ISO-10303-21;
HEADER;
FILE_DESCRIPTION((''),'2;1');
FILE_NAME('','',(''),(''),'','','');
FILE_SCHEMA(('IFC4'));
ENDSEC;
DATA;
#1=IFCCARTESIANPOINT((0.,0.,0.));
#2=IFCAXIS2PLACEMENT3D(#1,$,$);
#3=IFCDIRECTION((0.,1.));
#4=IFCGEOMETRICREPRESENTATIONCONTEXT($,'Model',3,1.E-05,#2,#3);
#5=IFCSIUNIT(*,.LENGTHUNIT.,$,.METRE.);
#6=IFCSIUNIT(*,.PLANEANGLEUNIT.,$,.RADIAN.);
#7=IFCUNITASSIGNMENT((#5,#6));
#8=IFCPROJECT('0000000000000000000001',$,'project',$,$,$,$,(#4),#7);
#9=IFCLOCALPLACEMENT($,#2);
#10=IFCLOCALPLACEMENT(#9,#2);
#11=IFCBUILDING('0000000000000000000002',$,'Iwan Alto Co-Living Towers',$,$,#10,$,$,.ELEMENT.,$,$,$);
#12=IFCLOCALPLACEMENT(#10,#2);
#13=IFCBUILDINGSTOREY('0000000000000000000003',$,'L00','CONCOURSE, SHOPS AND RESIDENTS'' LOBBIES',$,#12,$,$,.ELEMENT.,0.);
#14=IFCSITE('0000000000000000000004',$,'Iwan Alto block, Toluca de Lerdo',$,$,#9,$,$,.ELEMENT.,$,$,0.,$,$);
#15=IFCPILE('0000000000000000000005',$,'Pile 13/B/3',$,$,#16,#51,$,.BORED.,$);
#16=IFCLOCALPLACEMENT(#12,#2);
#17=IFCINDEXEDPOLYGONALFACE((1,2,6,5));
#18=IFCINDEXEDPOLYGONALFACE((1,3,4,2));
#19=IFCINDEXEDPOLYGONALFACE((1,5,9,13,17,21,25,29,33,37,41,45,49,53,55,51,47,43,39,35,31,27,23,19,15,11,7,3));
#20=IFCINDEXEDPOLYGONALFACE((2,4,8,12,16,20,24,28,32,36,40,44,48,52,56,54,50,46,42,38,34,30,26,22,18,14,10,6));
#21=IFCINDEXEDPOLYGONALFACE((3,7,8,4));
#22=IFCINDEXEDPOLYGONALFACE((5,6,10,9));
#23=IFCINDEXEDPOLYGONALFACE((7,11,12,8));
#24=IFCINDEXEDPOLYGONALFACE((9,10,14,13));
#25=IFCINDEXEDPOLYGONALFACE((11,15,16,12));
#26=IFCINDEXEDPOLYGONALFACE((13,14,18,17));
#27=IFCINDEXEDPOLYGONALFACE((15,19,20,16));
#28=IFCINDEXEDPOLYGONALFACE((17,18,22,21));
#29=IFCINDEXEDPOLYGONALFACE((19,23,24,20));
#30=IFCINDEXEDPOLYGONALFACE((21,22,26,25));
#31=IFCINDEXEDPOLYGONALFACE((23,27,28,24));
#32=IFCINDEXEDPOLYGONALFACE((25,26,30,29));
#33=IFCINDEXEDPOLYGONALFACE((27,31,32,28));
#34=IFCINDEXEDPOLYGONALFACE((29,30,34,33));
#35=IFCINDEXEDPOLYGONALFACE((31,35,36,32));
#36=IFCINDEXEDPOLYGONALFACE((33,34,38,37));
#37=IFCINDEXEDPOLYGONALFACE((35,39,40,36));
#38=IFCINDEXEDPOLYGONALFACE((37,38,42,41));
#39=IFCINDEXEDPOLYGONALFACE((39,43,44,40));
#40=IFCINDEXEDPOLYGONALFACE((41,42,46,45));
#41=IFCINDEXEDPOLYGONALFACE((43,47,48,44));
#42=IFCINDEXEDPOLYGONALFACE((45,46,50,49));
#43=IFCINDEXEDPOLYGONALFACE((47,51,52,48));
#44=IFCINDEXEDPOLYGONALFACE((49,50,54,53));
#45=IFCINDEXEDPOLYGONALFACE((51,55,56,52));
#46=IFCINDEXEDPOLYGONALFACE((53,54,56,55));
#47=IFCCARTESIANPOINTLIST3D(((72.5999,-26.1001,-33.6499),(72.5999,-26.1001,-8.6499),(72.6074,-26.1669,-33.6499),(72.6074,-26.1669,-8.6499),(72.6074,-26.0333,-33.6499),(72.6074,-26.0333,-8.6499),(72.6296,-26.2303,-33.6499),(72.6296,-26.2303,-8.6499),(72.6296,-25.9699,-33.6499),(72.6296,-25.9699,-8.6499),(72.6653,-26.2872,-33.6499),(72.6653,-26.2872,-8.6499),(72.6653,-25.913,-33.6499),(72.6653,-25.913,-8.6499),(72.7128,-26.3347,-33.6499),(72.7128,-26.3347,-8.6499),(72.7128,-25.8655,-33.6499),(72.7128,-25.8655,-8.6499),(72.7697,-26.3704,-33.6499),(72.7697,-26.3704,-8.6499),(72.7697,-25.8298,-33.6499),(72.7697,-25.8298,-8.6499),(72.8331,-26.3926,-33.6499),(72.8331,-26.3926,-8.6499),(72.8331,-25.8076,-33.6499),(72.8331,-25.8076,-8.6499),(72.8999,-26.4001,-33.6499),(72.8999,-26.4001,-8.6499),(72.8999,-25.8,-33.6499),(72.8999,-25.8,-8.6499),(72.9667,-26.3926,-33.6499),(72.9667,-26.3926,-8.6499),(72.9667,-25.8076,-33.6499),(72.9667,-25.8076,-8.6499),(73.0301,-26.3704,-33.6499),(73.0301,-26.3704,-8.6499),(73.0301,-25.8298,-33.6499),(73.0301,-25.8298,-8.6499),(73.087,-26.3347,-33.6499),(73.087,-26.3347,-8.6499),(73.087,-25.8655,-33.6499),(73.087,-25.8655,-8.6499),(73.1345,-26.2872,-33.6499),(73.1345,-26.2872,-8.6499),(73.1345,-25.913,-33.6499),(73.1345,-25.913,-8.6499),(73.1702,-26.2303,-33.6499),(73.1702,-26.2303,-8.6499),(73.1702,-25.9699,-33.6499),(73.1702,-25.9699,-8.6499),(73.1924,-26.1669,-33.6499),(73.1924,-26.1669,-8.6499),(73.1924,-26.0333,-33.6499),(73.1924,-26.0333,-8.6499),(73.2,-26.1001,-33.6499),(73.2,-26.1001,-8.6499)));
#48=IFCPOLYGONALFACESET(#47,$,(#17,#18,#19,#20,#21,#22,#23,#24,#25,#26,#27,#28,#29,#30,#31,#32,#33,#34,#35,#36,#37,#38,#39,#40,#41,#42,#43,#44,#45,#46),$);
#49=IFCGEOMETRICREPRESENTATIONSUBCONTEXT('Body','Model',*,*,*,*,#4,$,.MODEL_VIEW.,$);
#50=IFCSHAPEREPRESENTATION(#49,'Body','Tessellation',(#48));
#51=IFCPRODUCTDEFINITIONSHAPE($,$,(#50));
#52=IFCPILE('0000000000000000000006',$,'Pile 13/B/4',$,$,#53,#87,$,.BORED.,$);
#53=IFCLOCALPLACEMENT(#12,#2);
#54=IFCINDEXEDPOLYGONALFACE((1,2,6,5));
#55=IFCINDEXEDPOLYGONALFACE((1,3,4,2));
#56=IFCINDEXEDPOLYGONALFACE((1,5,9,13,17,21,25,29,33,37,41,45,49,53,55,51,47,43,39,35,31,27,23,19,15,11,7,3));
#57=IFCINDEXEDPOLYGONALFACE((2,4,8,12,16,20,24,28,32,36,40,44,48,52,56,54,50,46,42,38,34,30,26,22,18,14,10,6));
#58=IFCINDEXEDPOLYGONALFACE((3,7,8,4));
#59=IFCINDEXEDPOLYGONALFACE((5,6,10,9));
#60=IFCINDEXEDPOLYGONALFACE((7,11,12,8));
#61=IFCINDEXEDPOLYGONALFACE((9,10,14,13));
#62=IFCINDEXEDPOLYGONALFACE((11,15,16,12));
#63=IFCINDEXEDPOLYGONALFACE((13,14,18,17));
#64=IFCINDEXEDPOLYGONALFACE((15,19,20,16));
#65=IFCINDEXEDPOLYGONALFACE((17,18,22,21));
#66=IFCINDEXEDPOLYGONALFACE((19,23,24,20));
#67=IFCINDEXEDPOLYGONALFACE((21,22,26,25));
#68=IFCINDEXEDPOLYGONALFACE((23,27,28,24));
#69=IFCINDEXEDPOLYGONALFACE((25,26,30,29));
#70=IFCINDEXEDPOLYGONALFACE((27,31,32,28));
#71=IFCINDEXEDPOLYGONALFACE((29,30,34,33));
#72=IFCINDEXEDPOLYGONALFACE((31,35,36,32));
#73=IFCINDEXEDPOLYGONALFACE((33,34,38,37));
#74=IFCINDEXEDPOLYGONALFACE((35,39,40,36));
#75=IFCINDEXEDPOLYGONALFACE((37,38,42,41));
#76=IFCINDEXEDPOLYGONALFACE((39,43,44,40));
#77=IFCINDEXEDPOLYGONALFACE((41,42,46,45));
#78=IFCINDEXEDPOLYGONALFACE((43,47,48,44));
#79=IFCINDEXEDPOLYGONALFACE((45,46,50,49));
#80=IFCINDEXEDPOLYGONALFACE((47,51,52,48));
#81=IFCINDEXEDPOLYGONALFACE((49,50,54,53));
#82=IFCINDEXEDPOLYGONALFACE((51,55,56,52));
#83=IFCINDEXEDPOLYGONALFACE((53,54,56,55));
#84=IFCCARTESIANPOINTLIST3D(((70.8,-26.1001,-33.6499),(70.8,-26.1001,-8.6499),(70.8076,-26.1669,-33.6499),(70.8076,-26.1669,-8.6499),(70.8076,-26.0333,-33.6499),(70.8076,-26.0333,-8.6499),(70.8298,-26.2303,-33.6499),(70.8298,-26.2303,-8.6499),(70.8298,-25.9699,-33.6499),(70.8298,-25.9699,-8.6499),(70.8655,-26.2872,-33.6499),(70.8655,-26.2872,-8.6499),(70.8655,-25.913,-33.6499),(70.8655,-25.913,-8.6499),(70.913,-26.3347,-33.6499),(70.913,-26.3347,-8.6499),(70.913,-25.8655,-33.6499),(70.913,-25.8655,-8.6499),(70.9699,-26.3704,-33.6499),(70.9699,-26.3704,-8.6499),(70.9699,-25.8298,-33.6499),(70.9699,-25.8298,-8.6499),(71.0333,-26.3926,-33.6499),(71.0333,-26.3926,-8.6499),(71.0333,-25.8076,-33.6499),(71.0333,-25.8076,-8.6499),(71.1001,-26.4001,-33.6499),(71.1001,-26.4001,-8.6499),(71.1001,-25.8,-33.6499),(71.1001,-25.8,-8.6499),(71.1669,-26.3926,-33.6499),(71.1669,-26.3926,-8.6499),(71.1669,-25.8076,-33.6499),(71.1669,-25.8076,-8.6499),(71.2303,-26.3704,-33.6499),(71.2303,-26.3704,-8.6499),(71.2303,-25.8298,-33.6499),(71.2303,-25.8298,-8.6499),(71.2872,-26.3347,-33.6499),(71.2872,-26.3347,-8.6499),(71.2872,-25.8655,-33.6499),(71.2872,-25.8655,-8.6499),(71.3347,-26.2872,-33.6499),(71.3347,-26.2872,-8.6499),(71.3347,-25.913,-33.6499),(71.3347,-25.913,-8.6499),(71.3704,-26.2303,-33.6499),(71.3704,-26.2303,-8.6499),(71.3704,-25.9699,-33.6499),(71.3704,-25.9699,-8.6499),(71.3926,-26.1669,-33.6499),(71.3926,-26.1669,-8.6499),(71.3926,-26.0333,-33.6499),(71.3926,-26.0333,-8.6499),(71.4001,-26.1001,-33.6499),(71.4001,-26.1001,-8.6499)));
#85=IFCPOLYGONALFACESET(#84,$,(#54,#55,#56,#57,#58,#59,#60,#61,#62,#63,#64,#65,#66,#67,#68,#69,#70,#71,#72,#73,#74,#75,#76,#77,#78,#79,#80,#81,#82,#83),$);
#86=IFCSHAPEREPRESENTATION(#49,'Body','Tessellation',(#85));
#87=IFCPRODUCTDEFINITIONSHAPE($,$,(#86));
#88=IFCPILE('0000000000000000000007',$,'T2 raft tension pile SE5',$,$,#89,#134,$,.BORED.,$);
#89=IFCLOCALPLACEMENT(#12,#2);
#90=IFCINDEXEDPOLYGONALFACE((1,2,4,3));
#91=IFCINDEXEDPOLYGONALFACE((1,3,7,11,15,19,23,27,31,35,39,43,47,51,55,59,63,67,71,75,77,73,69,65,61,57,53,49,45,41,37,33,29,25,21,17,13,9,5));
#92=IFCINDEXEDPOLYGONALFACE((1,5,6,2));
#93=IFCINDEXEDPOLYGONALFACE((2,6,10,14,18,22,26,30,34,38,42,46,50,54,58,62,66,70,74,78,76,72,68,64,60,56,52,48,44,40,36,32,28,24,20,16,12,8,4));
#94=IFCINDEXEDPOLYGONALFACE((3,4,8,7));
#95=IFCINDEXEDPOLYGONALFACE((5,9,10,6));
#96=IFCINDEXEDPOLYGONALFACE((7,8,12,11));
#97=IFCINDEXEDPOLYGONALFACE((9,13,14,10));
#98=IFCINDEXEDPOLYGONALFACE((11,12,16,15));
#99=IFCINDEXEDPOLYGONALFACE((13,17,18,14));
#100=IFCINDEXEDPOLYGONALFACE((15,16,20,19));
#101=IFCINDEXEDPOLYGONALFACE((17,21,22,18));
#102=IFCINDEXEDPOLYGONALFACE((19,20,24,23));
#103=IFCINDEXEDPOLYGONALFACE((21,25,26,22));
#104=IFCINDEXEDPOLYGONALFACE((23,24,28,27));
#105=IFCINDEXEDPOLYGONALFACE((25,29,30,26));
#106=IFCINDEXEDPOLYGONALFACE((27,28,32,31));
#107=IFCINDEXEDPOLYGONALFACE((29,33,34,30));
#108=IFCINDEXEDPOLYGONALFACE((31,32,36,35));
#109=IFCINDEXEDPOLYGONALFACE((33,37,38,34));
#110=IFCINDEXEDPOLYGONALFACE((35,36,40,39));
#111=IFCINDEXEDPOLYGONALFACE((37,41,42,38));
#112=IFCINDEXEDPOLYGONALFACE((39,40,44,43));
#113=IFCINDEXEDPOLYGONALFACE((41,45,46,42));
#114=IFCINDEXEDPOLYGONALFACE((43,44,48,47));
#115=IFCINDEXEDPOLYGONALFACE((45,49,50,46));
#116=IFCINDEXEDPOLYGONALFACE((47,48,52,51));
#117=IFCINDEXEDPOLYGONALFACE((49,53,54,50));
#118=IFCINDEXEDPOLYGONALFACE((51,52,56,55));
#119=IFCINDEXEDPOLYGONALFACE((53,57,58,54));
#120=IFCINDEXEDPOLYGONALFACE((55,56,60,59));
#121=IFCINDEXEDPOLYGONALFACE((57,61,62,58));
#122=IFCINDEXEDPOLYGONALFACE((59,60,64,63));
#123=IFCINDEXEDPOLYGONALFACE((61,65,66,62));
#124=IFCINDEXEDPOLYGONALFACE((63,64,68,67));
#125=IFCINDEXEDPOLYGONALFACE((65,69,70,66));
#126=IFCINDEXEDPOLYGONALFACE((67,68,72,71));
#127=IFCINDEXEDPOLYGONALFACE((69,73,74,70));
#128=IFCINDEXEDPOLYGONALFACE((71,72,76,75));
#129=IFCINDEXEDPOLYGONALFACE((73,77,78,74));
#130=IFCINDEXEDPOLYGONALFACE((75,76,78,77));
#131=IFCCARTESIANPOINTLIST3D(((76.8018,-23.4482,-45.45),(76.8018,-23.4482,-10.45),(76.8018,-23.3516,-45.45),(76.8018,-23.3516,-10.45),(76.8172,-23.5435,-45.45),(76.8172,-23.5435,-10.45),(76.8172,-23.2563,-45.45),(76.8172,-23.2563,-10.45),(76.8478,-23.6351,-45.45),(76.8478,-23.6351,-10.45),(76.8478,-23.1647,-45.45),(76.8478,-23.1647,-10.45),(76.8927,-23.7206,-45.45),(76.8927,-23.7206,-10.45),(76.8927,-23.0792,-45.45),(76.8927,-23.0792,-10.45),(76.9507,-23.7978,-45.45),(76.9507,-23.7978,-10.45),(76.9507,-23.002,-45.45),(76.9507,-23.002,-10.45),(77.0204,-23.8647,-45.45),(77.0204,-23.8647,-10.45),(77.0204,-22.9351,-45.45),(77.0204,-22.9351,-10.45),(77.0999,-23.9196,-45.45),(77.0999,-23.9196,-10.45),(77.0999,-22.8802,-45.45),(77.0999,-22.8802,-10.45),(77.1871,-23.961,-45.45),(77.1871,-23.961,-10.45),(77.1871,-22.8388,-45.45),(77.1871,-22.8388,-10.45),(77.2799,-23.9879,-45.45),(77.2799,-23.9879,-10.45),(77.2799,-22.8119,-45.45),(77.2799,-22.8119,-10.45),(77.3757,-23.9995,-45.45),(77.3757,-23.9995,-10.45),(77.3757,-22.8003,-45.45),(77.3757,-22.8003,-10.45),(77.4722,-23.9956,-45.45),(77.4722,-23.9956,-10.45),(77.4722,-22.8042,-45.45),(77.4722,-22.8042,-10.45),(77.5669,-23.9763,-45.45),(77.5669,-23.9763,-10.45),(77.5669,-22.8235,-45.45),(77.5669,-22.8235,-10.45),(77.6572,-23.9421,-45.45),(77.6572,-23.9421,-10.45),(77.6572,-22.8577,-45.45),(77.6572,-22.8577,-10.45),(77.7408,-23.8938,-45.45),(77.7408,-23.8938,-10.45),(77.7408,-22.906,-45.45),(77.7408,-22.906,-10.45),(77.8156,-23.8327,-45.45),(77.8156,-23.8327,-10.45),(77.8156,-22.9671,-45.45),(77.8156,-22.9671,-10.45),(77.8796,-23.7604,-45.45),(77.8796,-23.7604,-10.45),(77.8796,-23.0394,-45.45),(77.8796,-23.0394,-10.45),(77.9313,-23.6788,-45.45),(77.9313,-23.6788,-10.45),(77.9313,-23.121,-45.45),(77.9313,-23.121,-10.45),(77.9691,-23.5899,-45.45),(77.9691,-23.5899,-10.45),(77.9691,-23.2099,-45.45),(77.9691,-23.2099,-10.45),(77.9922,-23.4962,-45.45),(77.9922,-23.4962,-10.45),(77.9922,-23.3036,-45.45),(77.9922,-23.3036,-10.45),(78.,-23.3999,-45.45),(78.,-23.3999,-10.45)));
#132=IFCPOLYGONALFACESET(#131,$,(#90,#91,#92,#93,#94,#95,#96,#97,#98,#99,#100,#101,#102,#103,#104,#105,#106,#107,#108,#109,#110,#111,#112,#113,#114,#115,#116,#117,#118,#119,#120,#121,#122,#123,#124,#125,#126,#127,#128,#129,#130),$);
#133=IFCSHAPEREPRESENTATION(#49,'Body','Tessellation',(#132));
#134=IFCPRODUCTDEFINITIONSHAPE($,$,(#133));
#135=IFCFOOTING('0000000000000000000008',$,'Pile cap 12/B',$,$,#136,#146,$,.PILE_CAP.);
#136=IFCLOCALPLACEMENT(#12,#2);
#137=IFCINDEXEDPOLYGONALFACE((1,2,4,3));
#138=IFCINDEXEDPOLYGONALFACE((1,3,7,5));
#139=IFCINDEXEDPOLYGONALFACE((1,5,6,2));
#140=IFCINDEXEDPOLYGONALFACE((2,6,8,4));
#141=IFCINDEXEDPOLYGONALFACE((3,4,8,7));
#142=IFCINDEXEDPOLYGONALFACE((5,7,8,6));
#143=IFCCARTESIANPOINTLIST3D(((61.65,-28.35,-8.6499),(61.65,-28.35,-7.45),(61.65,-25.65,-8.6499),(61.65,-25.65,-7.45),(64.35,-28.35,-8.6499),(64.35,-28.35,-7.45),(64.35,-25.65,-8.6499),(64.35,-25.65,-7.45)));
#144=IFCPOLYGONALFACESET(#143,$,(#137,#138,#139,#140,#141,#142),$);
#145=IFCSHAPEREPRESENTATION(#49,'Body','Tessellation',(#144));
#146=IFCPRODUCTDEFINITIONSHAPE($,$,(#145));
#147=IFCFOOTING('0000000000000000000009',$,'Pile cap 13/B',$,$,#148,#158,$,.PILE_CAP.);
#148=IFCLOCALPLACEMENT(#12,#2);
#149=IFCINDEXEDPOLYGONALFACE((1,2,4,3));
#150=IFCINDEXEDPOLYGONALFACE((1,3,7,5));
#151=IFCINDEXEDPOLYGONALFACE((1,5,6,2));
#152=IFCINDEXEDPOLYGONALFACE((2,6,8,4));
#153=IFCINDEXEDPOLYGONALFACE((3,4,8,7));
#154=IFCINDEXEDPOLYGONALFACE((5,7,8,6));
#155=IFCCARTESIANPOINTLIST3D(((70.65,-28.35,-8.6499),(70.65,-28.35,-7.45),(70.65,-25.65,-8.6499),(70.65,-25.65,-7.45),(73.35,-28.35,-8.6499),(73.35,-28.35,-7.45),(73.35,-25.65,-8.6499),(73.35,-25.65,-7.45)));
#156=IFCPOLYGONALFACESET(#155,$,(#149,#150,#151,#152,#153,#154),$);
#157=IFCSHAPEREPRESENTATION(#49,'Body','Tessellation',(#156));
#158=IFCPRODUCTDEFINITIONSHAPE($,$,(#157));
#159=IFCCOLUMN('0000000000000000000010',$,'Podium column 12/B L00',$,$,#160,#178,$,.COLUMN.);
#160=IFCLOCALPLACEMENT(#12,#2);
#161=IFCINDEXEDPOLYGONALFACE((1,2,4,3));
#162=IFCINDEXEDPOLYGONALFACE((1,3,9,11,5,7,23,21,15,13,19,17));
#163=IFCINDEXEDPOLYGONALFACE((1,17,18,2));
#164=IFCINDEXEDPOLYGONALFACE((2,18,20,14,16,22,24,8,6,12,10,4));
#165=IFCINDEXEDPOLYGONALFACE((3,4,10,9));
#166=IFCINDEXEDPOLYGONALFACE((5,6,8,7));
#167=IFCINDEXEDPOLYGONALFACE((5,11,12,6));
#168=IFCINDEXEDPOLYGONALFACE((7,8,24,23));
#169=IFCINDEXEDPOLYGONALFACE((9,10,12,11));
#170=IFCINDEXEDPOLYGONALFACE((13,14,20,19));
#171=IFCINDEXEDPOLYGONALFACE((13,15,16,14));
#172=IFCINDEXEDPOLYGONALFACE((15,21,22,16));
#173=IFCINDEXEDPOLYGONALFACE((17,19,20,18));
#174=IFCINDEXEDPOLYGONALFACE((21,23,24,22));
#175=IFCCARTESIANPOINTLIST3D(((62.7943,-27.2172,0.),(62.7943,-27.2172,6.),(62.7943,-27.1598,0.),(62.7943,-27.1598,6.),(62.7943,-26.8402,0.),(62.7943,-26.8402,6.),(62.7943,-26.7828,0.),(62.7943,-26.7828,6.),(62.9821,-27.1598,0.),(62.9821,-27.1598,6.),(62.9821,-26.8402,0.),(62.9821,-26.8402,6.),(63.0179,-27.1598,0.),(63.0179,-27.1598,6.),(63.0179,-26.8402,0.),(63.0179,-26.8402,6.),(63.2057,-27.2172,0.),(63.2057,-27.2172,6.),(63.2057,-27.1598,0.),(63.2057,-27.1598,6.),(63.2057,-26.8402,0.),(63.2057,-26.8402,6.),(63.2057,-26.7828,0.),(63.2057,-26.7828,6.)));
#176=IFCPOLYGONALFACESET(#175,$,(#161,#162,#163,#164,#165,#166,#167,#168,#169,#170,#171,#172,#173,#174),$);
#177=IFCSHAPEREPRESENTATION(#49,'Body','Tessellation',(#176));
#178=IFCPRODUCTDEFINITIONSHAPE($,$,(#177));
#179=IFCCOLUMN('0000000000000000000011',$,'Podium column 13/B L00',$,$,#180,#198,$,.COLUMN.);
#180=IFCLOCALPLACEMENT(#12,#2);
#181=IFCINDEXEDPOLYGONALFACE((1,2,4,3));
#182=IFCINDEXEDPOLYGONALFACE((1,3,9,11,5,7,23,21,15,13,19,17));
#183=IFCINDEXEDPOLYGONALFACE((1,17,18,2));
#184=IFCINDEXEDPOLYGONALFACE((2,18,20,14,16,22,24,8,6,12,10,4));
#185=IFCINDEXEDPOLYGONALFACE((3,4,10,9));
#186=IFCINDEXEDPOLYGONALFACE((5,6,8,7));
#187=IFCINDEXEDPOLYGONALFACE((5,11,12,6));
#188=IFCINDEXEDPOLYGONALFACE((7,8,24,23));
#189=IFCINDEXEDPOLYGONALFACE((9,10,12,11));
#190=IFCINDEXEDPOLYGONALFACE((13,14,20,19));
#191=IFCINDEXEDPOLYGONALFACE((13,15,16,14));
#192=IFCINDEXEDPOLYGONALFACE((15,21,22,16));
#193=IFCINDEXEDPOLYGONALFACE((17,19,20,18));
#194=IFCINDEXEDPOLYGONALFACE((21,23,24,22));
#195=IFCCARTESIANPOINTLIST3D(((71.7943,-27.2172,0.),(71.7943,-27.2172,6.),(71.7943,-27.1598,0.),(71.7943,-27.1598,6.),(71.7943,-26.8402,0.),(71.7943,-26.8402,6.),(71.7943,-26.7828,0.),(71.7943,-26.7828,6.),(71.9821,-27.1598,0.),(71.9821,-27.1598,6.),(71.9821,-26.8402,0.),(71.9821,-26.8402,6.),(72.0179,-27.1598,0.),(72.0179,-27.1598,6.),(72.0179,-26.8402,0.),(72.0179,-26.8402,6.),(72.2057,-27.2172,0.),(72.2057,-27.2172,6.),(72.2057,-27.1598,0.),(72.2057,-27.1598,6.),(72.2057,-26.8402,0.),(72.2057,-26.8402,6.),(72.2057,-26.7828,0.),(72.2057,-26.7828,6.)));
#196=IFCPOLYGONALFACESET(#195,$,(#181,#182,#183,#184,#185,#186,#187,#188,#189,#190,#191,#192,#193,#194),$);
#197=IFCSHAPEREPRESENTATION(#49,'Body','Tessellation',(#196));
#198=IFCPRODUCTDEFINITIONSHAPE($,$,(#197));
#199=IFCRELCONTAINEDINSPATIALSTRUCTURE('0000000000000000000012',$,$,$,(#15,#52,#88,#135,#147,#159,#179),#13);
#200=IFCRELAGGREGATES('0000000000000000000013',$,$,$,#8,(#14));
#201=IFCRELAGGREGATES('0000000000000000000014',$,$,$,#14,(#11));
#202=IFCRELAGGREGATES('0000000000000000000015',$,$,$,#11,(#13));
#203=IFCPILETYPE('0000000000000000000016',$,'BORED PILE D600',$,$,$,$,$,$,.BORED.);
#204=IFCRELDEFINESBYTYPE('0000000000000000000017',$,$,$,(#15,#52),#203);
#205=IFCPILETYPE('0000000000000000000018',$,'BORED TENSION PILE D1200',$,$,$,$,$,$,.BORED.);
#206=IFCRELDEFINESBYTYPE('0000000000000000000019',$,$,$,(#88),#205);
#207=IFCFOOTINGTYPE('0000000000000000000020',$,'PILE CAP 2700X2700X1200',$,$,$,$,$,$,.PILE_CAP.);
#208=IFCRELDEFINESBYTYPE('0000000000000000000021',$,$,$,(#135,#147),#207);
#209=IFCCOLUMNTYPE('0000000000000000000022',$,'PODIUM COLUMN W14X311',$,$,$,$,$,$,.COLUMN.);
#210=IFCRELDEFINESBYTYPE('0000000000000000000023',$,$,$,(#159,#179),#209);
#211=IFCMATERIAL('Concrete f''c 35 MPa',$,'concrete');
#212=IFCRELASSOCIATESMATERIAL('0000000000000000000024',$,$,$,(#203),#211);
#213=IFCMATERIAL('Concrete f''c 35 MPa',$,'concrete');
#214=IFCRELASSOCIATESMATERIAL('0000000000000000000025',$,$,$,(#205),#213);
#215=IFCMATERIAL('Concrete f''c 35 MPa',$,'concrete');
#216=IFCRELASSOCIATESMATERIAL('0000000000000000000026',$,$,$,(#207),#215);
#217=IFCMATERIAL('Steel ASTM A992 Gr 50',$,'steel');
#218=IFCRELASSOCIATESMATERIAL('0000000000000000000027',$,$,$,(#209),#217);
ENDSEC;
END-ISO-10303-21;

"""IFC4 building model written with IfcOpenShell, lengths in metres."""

from ifc_helpers import new_model, si_unit, direction, frame, origin, origin_2d, place, context, subcontext, project, spatial, rectangle, circle, i_section, extrude, material, material_profile, profile_set, type_object, element, save


model = new_model("IFC4")

# Units and contexts
model_context = context("Model", 3, precision=1e-05, world=origin(), true_north=direction((0.0, 1.0)))
body_context = subcontext(model_context, "Body", "Model", "MODEL_VIEW")
ifc_project = project(units=[si_unit("LENGTHUNIT", "METRE"), si_unit("PLANEANGLEUNIT", "RADIAN")], contexts=[model_context])

# Site, building, storey
site_placement = place(None, origin())
site = spatial("IfcSite", under=ifc_project, at=site_placement, Name="Iwan Alto block, Toluca de Lerdo", CompositionType="ELEMENT", RefElevation=0.0)
building_placement = place(site_placement, origin())
building = spatial("IfcBuilding", under=site, at=building_placement, Name="Iwan Alto Co-Living Towers", CompositionType="ELEMENT")
storey_placement = place(building_placement, origin())
storey = spatial("IfcBuildingStorey", under=building, at=storey_placement, Name="L00", Description="CONCOURSE, SHOPS AND RESIDENTS' LOBBIES", CompositionType="ELEMENT", Elevation=0.0)

# Piles
ifc_material_1 = material(Name="Concrete f'c 35 MPa", Category="concrete")
ifc_material_profile_1 = material_profile(ifc_material_1, circle(Radius=0.3, at=origin_2d()), Name="D600")
ifc_profile_set_1 = profile_set([ifc_material_profile_1], Name="Concrete f'c 35 MPa")
pile_type_1 = type_object("IfcPileType", Name="BORED PILE D600", PredefinedType="BORED", material=ifc_profile_set_1)
for number, where, z_axis, x_axis, name in (
    (1, (72.8999, -26.1001, -8.6499), (0.0, 0.0, -1.0), (1.0, 0.0, 0.0), "Pile 13/B/3"),
    (2, (71.1001, -26.1001, -8.6499), (0.0, 0.0, -1.0), (1.0, 0.0, 0.0), "Pile 13/B/4"),
):
    element("IfcPile", number, at=place(storey_placement, frame(where, z_axis=z_axis, x_axis=x_axis)), inside=storey, type_object=pile_type_1, Name=name, PredefinedType="BORED", context=body_context, shape_type="SweptSolid", body=[
        extrude(circle(Radius=0.3, at=origin_2d()), origin(), (0.0, 0.0, 1.0), 25.0),
    ])
ifc_material_2 = material(Name="Concrete f'c 35 MPa", Category="concrete")
ifc_material_profile_2 = material_profile(ifc_material_2, circle(Radius=0.6001, at=origin_2d()), Name="D1200")
ifc_profile_set_2 = profile_set([ifc_material_profile_2], Name="Concrete f'c 35 MPa")
pile_type_2 = type_object("IfcPileType", Name="BORED TENSION PILE D1200", PredefinedType="BORED", material=ifc_profile_set_2)
pile_placement = place(storey_placement, frame((77.3999, -23.3999, -10.45), z_axis=(0.0, 0.0, -1.0), x_axis=(1.0, 0.0, 0.0)))
element("IfcPile", 3, at=pile_placement, inside=storey, type_object=pile_type_2, Name="T2 raft tension pile SE5", PredefinedType="BORED", context=body_context, shape_type="SweptSolid", body=[
    extrude(circle(Radius=0.6001, at=origin_2d()), origin(), (0.0, 0.0, 1.0), 35.0),
])

# Footings
ifc_material_3 = material(Name="Concrete f'c 35 MPa", Category="concrete")
footing_type = type_object("IfcFootingType", Name="PILE CAP 2700X2700X1200", PredefinedType="PILE_CAP", material=ifc_material_3)
for number, where, z_axis, x_axis, name in (
    (4, (63.0, -27.0, -8.6499), (0.0, 0.0, 1.0), (1.0, 0.0, 0.0), "Pile cap 12/B"),
    (5, (72.0, -27.0, -8.6499), (0.0, 0.0, 1.0), (1.0, 0.0, 0.0), "Pile cap 13/B"),
):
    element("IfcFooting", number, at=place(storey_placement, frame(where, z_axis=z_axis, x_axis=x_axis)), inside=storey, type_object=footing_type, Name=name, PredefinedType="PILE_CAP", context=body_context, shape_type="SweptSolid", body=[
        extrude(rectangle(XDim=2.7, YDim=2.7, at=origin_2d()), origin(), (0.0, 0.0, 1.0), 1.2),
    ])

# Columns
ifc_material_4 = material(Name="Steel ASTM A992 Gr 50", Category="steel")
ifc_material_profile_3 = material_profile(ifc_material_4, i_section(OverallWidth=0.4114, OverallDepth=0.4343, WebThickness=0.0359, FlangeThickness=0.0574, at=origin_2d()), Name="W14X311")
ifc_profile_set_3 = profile_set([ifc_material_profile_3], Name="Steel ASTM A992 Gr 50")
column_type_1 = type_object("IfcColumnType", Name="PODIUM COLUMN W14X311", PredefinedType="COLUMN", material=ifc_profile_set_3)
for number, where, z_axis, x_axis, name in (
    (6, (63.0, -27.0, 0.0), (0.0, 0.0, 1.0), (1.0, 0.0, 0.0), "Podium column 12/B L00"),
    (7, (72.0, -27.0, 0.0), (0.0, 0.0, 1.0), (1.0, 0.0, 0.0), "Podium column 13/B L00"),
):
    element("IfcColumn", number, at=place(storey_placement, frame(where, z_axis=z_axis, x_axis=x_axis)), inside=storey, type_object=column_type_1, Name=name, PredefinedType="COLUMN", context=body_context, shape_type="SweptSolid", body=[
        extrude(i_section(OverallWidth=0.4114, OverallDepth=0.4343, WebThickness=0.0359, FlangeThickness=0.0574, at=origin_2d()), origin(), (0.0, 0.0, 1.0), 6.0),
    ])

save(model, "model.ifc")
